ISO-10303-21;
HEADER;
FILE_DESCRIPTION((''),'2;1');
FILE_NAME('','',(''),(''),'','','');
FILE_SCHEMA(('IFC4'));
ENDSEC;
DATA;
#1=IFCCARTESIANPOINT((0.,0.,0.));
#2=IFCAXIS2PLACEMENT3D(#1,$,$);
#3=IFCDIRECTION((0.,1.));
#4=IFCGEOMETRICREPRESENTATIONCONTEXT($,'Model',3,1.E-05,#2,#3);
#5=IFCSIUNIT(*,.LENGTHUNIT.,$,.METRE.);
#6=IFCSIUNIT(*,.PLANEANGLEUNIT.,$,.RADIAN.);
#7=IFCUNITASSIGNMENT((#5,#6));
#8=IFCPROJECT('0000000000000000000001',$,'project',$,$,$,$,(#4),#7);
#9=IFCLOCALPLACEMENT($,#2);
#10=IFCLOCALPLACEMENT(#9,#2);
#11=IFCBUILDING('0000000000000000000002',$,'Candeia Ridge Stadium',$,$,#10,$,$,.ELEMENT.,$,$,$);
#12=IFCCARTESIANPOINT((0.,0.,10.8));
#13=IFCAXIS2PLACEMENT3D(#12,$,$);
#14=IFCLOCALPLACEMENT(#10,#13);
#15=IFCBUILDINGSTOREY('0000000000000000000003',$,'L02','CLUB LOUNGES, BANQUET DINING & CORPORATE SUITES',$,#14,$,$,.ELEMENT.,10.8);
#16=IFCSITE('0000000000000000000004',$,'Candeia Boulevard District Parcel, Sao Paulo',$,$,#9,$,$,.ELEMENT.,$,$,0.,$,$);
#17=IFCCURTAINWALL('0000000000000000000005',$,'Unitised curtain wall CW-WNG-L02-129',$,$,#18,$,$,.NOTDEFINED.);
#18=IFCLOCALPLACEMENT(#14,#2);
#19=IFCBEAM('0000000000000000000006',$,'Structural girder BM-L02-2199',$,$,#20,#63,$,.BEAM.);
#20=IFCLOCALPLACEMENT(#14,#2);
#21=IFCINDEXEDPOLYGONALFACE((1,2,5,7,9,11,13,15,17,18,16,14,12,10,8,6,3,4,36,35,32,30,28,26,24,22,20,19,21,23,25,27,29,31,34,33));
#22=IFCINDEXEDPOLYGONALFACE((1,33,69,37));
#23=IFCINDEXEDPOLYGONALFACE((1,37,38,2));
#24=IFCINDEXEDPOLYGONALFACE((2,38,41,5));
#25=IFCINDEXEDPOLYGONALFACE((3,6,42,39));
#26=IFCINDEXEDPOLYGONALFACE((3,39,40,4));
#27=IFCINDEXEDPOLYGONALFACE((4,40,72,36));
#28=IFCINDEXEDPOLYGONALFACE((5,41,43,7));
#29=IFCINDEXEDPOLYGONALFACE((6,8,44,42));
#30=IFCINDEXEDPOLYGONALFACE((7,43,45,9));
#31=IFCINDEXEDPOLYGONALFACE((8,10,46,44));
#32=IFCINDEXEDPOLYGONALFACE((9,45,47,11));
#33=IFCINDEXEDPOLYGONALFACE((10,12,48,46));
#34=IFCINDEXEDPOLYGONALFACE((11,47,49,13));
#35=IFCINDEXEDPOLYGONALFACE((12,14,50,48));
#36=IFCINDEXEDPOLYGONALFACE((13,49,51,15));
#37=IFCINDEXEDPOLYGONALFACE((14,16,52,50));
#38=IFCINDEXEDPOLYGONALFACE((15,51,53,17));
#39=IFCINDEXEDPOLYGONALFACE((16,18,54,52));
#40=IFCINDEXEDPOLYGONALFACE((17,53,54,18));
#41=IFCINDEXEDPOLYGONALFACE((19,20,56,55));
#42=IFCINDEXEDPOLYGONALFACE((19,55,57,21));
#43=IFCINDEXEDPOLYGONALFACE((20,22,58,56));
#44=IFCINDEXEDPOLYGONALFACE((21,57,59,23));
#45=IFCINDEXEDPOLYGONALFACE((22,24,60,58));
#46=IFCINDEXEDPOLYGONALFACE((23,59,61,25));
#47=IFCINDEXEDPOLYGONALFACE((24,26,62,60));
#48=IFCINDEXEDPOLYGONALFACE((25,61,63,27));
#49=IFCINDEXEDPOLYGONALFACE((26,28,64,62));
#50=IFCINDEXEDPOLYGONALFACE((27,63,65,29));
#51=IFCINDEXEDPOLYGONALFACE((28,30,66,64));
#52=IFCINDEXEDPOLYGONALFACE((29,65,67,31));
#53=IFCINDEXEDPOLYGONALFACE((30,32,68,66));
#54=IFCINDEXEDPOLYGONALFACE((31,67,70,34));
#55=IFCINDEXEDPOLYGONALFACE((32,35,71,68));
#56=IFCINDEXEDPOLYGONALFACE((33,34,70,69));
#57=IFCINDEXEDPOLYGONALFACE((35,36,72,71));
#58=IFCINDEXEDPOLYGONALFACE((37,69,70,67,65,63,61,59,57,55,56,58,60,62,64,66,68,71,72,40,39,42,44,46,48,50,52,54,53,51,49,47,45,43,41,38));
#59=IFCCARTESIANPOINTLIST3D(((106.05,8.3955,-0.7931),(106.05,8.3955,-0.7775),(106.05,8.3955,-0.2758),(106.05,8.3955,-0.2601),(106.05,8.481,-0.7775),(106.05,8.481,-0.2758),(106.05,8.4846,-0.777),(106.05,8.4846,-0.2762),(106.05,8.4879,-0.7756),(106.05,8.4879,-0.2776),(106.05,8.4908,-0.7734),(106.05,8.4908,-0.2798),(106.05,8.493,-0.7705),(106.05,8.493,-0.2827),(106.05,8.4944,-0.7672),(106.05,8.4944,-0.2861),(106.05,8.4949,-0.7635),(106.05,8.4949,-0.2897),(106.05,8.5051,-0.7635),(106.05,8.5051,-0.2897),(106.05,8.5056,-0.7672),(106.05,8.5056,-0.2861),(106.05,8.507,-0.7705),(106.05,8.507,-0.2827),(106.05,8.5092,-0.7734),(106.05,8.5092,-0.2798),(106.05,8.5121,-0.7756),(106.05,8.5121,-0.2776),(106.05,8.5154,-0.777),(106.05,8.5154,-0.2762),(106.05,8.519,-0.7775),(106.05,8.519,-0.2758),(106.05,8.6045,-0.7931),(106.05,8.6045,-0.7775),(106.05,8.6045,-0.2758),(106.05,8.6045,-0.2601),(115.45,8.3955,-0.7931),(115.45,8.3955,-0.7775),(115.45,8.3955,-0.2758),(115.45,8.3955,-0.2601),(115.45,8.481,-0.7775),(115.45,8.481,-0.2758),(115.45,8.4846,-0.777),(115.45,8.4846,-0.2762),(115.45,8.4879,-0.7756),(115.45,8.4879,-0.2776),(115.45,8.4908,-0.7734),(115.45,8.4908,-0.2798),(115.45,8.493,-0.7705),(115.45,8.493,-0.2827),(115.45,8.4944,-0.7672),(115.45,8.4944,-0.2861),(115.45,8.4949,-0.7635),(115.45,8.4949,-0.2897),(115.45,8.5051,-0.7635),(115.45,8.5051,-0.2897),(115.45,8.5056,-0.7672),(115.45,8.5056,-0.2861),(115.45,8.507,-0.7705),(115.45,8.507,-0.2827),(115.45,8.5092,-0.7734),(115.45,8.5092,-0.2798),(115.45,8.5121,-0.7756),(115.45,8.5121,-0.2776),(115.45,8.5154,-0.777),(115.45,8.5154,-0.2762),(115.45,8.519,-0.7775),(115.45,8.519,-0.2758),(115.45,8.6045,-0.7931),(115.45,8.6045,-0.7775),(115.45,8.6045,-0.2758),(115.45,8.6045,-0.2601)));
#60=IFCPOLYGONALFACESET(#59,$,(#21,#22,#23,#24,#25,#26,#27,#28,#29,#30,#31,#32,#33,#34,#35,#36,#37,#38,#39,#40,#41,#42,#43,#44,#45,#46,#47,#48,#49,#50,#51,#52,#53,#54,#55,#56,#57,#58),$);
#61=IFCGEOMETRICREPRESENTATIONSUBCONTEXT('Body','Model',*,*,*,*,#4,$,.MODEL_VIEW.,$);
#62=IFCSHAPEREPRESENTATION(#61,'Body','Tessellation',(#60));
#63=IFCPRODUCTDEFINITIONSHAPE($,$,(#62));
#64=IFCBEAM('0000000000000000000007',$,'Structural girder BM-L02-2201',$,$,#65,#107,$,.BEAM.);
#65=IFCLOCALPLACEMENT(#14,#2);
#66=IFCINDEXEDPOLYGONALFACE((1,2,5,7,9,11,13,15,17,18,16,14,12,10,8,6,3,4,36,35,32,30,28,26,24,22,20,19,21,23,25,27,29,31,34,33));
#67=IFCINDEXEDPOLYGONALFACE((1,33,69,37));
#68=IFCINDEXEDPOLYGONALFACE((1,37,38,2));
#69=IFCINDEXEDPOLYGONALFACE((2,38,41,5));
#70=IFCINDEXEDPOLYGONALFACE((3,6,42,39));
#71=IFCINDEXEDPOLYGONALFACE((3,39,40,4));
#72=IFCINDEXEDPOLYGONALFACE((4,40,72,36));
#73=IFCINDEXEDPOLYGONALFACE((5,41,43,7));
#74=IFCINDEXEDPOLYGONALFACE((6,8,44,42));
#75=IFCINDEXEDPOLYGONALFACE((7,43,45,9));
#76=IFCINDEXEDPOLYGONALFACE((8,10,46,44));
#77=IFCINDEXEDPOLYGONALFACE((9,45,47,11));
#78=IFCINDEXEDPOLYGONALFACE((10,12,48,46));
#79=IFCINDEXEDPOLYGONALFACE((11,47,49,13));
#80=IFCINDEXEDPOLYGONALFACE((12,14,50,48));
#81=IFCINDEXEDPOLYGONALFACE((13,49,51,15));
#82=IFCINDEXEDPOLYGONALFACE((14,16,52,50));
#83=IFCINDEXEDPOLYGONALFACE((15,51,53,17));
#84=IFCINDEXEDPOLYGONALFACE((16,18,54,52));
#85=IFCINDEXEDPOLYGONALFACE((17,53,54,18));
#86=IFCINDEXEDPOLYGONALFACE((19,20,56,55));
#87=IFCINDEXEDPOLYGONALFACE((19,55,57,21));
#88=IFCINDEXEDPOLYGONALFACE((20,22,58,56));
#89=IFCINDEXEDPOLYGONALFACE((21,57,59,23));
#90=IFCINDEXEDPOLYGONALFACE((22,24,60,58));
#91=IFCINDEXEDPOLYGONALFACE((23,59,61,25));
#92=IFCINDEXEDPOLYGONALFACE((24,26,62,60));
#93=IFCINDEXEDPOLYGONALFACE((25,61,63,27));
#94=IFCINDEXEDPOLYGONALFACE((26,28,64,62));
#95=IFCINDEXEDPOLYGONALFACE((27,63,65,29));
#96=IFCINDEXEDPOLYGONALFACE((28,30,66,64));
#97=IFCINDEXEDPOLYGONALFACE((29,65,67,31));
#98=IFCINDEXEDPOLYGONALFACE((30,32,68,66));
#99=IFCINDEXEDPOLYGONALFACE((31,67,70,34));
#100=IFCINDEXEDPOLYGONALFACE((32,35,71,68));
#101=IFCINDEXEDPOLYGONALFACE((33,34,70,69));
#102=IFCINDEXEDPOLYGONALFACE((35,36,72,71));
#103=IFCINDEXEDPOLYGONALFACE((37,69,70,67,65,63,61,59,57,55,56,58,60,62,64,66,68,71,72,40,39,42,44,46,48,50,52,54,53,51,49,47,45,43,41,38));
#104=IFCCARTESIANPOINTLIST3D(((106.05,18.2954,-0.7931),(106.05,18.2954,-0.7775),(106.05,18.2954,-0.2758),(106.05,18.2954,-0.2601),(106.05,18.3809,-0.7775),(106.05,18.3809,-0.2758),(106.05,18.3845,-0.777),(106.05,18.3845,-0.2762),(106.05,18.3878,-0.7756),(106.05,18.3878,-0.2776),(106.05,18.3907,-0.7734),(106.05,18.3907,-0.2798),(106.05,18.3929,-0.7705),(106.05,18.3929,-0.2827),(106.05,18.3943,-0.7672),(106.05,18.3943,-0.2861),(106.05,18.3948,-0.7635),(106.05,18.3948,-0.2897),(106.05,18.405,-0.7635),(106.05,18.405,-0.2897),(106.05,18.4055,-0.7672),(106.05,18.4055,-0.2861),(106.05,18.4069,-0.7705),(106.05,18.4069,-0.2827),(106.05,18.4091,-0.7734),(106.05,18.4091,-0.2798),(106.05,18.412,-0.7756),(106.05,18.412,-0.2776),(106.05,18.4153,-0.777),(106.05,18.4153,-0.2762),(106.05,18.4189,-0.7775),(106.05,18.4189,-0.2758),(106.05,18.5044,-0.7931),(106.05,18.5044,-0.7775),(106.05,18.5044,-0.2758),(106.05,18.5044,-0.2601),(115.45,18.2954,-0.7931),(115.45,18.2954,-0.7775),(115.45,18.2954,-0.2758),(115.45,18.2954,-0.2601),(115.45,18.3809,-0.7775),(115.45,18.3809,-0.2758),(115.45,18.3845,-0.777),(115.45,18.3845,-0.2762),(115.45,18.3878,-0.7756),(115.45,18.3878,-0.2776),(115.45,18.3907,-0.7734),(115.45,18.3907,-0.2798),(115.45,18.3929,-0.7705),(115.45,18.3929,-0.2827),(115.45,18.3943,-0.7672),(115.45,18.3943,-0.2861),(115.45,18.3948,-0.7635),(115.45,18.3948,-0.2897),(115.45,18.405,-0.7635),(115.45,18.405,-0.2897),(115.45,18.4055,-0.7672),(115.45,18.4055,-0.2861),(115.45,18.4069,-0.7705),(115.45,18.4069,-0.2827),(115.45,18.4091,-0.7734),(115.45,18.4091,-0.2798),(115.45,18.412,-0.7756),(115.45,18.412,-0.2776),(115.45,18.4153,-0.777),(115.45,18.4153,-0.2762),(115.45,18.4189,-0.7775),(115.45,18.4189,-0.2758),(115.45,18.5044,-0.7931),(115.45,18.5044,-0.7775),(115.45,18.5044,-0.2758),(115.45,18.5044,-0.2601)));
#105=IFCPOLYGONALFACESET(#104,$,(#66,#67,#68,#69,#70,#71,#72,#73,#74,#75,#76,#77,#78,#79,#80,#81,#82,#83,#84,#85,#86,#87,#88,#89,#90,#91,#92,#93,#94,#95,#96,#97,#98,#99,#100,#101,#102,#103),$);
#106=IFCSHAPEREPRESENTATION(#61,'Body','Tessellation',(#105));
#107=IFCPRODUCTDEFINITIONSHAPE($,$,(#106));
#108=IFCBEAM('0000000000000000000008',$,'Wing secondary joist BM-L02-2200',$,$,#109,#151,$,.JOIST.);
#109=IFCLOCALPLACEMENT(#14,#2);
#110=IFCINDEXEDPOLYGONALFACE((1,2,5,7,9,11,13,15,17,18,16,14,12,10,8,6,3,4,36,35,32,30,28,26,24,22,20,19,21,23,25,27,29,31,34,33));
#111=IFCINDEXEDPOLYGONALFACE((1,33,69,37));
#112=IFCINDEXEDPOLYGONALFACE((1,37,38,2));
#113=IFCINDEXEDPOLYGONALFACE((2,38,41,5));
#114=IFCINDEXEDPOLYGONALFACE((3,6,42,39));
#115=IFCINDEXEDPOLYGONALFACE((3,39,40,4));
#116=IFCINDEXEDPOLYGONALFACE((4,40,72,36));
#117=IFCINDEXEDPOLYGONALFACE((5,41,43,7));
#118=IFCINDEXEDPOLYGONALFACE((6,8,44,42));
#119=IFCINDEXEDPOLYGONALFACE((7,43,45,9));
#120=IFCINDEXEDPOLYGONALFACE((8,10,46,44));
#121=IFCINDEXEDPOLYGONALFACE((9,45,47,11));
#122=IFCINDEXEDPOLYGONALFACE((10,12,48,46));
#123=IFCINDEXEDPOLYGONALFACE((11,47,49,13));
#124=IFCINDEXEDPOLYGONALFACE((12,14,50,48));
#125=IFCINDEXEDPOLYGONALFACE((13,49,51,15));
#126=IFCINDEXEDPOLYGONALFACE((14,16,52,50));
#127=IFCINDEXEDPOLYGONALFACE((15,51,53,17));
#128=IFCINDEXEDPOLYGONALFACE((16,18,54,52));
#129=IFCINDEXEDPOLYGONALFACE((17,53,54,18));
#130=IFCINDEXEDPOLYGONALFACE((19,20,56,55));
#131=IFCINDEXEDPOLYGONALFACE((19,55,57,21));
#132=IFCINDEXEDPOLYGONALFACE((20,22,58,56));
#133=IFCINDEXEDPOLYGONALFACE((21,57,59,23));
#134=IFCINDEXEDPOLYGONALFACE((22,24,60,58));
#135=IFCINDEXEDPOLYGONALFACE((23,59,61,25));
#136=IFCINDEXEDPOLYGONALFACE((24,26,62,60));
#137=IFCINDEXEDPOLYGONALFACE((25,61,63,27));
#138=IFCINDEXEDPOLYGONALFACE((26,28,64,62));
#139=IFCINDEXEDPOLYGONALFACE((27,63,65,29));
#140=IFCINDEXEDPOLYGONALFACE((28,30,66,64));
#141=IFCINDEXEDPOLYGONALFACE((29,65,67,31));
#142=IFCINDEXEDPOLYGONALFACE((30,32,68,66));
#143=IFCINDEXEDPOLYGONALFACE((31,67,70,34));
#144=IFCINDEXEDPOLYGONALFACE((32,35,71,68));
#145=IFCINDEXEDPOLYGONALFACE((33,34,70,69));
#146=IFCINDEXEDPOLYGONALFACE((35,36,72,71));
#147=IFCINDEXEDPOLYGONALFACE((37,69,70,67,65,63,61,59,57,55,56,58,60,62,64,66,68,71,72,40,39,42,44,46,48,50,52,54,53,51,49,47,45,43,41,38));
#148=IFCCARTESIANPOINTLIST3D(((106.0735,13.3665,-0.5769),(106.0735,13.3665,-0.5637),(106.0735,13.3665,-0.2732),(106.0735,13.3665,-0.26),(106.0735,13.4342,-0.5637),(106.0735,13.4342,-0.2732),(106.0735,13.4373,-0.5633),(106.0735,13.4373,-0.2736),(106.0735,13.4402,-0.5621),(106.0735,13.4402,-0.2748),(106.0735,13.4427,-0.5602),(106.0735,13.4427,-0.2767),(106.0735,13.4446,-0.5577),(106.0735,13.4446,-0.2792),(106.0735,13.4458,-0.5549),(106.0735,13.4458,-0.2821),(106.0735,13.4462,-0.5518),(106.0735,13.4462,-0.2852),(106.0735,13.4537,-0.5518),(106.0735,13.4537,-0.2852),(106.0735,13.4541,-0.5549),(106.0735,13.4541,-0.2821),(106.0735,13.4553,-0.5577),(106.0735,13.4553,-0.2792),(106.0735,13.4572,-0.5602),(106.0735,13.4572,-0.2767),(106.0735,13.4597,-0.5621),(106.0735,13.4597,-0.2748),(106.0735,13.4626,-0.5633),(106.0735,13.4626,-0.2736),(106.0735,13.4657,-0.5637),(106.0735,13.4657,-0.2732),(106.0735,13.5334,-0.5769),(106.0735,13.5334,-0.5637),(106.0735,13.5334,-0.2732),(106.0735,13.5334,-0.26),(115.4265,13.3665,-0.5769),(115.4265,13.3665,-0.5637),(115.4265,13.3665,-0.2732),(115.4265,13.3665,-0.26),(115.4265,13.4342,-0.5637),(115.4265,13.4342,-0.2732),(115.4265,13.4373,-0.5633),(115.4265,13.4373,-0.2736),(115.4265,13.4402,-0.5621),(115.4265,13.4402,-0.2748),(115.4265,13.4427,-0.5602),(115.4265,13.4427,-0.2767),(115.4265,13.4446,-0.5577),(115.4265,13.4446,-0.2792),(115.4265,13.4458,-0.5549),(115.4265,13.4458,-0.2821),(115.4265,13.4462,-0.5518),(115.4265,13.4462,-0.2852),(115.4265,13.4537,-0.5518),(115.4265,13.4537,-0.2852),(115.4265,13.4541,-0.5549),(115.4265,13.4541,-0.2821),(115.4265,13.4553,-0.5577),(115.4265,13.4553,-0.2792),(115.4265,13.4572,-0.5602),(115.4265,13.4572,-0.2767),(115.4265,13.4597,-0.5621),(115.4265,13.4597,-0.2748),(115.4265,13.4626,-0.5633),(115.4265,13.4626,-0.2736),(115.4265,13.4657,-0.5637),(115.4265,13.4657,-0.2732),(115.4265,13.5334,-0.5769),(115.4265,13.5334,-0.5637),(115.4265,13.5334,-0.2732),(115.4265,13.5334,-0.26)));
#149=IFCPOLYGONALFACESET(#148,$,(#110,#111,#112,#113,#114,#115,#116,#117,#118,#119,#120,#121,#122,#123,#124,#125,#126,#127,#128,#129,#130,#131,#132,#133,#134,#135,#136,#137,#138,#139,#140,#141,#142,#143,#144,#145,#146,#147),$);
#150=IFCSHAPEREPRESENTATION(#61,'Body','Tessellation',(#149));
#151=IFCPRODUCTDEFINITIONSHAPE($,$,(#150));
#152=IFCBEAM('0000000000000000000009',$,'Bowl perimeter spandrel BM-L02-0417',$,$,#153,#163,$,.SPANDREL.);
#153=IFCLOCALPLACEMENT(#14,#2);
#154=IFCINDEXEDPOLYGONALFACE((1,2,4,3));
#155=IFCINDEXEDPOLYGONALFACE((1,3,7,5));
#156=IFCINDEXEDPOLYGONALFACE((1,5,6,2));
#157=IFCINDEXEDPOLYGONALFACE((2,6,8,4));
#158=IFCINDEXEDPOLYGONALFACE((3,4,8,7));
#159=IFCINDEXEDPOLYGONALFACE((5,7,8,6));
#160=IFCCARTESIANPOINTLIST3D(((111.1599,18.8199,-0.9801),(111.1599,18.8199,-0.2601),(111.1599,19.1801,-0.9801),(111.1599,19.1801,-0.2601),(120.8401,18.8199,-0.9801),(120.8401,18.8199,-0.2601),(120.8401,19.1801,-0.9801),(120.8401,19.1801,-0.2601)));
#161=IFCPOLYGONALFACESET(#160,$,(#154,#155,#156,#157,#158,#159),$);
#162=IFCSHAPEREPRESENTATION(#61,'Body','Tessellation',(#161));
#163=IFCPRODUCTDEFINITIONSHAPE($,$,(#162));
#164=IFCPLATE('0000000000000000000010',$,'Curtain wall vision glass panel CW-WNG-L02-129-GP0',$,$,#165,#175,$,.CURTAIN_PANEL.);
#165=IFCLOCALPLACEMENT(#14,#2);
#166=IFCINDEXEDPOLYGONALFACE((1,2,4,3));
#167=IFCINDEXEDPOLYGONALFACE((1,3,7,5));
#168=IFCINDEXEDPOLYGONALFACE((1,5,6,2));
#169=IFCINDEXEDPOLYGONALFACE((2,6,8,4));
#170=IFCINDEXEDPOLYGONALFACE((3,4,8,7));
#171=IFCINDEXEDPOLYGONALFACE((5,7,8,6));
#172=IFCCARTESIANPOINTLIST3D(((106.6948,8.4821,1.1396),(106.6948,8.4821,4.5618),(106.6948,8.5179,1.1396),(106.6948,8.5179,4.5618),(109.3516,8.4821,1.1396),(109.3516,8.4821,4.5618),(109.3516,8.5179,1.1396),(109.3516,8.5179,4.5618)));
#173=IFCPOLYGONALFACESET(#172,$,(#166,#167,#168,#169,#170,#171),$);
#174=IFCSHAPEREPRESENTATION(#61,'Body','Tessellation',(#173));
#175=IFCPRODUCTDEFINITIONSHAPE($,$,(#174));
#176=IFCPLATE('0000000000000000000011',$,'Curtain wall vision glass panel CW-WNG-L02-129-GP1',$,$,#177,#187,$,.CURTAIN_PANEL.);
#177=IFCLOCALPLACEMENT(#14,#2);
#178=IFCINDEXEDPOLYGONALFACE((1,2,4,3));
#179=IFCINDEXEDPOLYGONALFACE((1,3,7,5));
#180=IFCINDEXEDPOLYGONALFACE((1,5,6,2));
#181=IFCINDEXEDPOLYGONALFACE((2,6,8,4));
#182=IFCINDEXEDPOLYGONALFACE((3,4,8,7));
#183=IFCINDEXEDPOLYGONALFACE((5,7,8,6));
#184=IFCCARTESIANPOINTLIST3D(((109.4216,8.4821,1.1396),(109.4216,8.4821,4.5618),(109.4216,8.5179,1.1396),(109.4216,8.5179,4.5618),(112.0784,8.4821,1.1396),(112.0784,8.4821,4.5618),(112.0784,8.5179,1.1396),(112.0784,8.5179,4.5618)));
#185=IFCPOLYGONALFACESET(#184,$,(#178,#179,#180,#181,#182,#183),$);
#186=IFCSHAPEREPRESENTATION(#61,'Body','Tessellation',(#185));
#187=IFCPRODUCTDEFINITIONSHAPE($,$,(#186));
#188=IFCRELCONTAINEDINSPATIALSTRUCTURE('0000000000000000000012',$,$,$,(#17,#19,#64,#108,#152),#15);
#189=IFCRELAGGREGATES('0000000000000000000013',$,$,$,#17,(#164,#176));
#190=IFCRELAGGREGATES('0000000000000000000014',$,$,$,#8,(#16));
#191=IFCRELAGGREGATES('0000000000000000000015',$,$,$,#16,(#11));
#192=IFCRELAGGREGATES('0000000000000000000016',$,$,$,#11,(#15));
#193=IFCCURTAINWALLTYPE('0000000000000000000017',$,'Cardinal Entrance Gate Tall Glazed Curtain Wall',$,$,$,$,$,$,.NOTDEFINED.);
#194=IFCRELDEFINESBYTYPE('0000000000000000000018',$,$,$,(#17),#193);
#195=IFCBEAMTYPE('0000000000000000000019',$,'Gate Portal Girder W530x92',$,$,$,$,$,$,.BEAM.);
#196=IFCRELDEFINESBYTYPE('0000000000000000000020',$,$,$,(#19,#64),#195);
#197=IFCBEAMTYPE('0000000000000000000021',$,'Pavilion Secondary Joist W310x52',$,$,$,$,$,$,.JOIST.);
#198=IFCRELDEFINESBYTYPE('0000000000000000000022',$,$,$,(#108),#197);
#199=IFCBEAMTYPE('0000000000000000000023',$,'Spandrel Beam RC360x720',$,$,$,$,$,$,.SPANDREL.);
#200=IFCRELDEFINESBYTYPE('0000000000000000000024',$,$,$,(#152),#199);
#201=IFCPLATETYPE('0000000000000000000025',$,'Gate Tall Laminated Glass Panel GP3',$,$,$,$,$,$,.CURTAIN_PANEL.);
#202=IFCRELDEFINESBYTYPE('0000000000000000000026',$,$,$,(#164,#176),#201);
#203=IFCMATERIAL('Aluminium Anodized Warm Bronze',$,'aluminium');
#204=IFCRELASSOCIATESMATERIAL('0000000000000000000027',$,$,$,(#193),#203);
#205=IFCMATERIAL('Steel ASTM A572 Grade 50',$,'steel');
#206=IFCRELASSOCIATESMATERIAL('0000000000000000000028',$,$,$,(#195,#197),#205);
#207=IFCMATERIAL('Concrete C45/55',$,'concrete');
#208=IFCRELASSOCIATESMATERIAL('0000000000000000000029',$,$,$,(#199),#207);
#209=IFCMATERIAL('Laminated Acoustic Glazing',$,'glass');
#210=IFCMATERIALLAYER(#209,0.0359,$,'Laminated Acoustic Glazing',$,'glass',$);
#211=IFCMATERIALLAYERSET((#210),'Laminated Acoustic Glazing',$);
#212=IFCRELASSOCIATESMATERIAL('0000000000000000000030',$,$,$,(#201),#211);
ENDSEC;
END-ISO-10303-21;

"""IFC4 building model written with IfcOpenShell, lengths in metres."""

from ifc_helpers import new_model, si_unit, direction, frame, origin, origin_2d, place, context, subcontext, project, spatial, rectangle, i_section, extrude, material, layer, layer_set, material_profile, profile_set, type_object, element, aggregate, save


model = new_model("IFC4")

# Units and contexts
model_context = context("Model", 3, precision=1e-05, world=origin(), true_north=direction((0.0, 1.0)))
body_context = subcontext(model_context, "Body", "Model", "MODEL_VIEW")
ifc_project = project(units=[si_unit("LENGTHUNIT", "METRE"), si_unit("PLANEANGLEUNIT", "RADIAN")], contexts=[model_context])

# Site, building, storey
site_placement = place(None, origin())
site = spatial("IfcSite", under=ifc_project, at=site_placement, Name="Candeia Boulevard District Parcel, Sao Paulo", CompositionType="ELEMENT", RefElevation=0.0)
building_placement = place(site_placement, origin())
building = spatial("IfcBuilding", under=site, at=building_placement, Name="Candeia Ridge Stadium", CompositionType="ELEMENT")
storey_placement = place(building_placement, frame((0.0, 0.0, 10.8)))
storey = spatial("IfcBuildingStorey", under=building, at=storey_placement, Name="L02", Description="CLUB LOUNGES, BANQUET DINING & CORPORATE SUITES", CompositionType="ELEMENT", Elevation=10.8)

# Shared definitions
ifc_material_1 = material(Name="Concrete C45/55", Category="concrete")
ifc_material_2 = material(Name="Steel ASTM A572 Grade 50", Category="steel")

# Curtain wall
ifc_material_3 = material(Name="Aluminium Anodized Warm Bronze", Category="aluminium")
curtain_wall_type = type_object("IfcCurtainWallType", Name="Cardinal Entrance Gate Tall Glazed Curtain Wall", PredefinedType="NOTDEFINED", material=ifc_material_3)
curtain_wall_placement = place(storey_placement, origin())
curtain_wall = element("IfcCurtainWall", 1, at=curtain_wall_placement, inside=storey, type_object=curtain_wall_type, Name="Unitised curtain wall CW-WNG-L02-129", PredefinedType="NOTDEFINED")

# Beams
ifc_material_profile_1 = material_profile(ifc_material_2, i_section(OverallWidth=0.209, OverallDepth=0.533, WebThickness=0.0103, FlangeThickness=0.0156, FilletRadius=0.0139, at=origin_2d()), Name="W530x92", Category="steel")
ifc_profile_set_1 = profile_set([ifc_material_profile_1], Name="Steel ASTM A572 Grade 50")
beam_type_1 = type_object("IfcBeamType", Name="Gate Portal Girder W530x92", PredefinedType="BEAM", material=ifc_profile_set_1)
for number, where, z_axis, x_axis, name in (
    (2, (106.05, 8.5, -0.5266), (1.0, 0.0, 0.0), (0.0, 1.0, 0.0), "Structural girder BM-L02-2199"),
    (3, (106.05, 18.3999, -0.5266), (1.0, 0.0, 0.0), (0.0, 1.0, 0.0), "Structural girder BM-L02-2201"),
):
    element("IfcBeam", number, at=place(storey_placement, frame(where, z_axis=z_axis, x_axis=x_axis)), inside=storey, type_object=beam_type_1, Name=name, PredefinedType="BEAM", context=body_context, shape_type="SweptSolid", body=[
        extrude(i_section(OverallWidth=0.209, OverallDepth=0.533, WebThickness=0.0103, FlangeThickness=0.0156, FilletRadius=0.0139, at=origin_2d()), origin(), (0.0, 0.0, 1.0), 9.3999),
    ])
ifc_material_profile_2 = material_profile(ifc_material_2, i_section(OverallWidth=0.167, OverallDepth=0.3169, WebThickness=0.0076, FlangeThickness=0.0132, FilletRadius=0.012, at=origin_2d()), Name="W310x52", Category="steel")
ifc_profile_set_2 = profile_set([ifc_material_profile_2], Name="Steel ASTM A572 Grade 50")
beam_type_2 = type_object("IfcBeamType", Name="Pavilion Secondary Joist W310x52", PredefinedType="JOIST", material=ifc_profile_set_2)
beam_1_placement = place(storey_placement, frame((106.0735, 13.45, -0.4185), z_axis=(1.0, 0.0, 0.0), x_axis=(0.0, 1.0, 0.0)))
element("IfcBeam", 4, at=beam_1_placement, inside=storey, type_object=beam_type_2, Name="Wing secondary joist BM-L02-2200", PredefinedType="JOIST", context=body_context, shape_type="SweptSolid", body=[
    extrude(i_section(OverallWidth=0.167, OverallDepth=0.3169, WebThickness=0.0076, FlangeThickness=0.0132, FilletRadius=0.012, at=origin_2d()), origin(), (0.0, 0.0, 1.0), 9.353),
])
ifc_material_profile_3 = material_profile(ifc_material_1, rectangle(XDim=0.3601, YDim=0.72, at=origin_2d()), Name="RC360x720", Category="concrete")
ifc_profile_set_3 = profile_set([ifc_material_profile_3], Name="Concrete C45/55")
beam_type_3 = type_object("IfcBeamType", Name="Spandrel Beam RC360x720", PredefinedType="SPANDREL", material=ifc_profile_set_3)
beam_2_placement = place(storey_placement, frame((111.1599, 19.0, -0.6201), z_axis=(1.0, 0.0, 0.0), x_axis=(0.0, 1.0, 0.0)))
element("IfcBeam", 5, at=beam_2_placement, inside=storey, type_object=beam_type_3, Name="Bowl perimeter spandrel BM-L02-0417", PredefinedType="SPANDREL", context=body_context, shape_type="SweptSolid", body=[
    extrude(rectangle(XDim=0.3601, YDim=0.72, at=origin_2d()), origin(), (0.0, 0.0, 1.0), 9.6802),
])

# Plates
ifc_material_4 = material(Name="Laminated Acoustic Glazing", Category="glass")
ifc_layer_1 = layer(ifc_material_4, 0.0359, Name="Laminated Acoustic Glazing", Category="glass")
ifc_layer_set_1 = layer_set([ifc_layer_1], Name="Laminated Acoustic Glazing")
plate_type_1 = type_object("IfcPlateType", Name="Gate Tall Laminated Glass Panel GP3", PredefinedType="CURTAIN_PANEL", material=ifc_layer_set_1)
plate_1_placement = place(storey_placement, frame((108.0232, 8.5, 1.1396), z_axis=(0.0, 0.0, 1.0), x_axis=(1.0, 0.0, 0.0)))
plate_1 = element("IfcPlate", 6, at=plate_1_placement, type_object=plate_type_1, Name="Curtain wall vision glass panel CW-WNG-L02-129-GP0", PredefinedType="CURTAIN_PANEL", context=body_context, shape_type="SweptSolid", body=[
    extrude(rectangle(XDim=2.6567, YDim=0.0359, at=origin_2d()), origin(), (0.0, 0.0, 1.0), 3.4221),
])
plate_2_placement = place(storey_placement, frame((110.75, 8.5, 1.1396), z_axis=(0.0, 0.0, 1.0), x_axis=(1.0, 0.0, 0.0)))
plate_2 = element("IfcPlate", 7, at=plate_2_placement, type_object=plate_type_1, Name="Curtain wall vision glass panel CW-WNG-L02-129-GP1", PredefinedType="CURTAIN_PANEL", context=body_context, shape_type="SweptSolid", body=[
    extrude(rectangle(XDim=2.6567, YDim=0.0359, at=origin_2d()), origin(), (0.0, 0.0, 1.0), 3.4221),
])
aggregate(curtain_wall, [plate_1, plate_2])

save(model, "model.ifc")
